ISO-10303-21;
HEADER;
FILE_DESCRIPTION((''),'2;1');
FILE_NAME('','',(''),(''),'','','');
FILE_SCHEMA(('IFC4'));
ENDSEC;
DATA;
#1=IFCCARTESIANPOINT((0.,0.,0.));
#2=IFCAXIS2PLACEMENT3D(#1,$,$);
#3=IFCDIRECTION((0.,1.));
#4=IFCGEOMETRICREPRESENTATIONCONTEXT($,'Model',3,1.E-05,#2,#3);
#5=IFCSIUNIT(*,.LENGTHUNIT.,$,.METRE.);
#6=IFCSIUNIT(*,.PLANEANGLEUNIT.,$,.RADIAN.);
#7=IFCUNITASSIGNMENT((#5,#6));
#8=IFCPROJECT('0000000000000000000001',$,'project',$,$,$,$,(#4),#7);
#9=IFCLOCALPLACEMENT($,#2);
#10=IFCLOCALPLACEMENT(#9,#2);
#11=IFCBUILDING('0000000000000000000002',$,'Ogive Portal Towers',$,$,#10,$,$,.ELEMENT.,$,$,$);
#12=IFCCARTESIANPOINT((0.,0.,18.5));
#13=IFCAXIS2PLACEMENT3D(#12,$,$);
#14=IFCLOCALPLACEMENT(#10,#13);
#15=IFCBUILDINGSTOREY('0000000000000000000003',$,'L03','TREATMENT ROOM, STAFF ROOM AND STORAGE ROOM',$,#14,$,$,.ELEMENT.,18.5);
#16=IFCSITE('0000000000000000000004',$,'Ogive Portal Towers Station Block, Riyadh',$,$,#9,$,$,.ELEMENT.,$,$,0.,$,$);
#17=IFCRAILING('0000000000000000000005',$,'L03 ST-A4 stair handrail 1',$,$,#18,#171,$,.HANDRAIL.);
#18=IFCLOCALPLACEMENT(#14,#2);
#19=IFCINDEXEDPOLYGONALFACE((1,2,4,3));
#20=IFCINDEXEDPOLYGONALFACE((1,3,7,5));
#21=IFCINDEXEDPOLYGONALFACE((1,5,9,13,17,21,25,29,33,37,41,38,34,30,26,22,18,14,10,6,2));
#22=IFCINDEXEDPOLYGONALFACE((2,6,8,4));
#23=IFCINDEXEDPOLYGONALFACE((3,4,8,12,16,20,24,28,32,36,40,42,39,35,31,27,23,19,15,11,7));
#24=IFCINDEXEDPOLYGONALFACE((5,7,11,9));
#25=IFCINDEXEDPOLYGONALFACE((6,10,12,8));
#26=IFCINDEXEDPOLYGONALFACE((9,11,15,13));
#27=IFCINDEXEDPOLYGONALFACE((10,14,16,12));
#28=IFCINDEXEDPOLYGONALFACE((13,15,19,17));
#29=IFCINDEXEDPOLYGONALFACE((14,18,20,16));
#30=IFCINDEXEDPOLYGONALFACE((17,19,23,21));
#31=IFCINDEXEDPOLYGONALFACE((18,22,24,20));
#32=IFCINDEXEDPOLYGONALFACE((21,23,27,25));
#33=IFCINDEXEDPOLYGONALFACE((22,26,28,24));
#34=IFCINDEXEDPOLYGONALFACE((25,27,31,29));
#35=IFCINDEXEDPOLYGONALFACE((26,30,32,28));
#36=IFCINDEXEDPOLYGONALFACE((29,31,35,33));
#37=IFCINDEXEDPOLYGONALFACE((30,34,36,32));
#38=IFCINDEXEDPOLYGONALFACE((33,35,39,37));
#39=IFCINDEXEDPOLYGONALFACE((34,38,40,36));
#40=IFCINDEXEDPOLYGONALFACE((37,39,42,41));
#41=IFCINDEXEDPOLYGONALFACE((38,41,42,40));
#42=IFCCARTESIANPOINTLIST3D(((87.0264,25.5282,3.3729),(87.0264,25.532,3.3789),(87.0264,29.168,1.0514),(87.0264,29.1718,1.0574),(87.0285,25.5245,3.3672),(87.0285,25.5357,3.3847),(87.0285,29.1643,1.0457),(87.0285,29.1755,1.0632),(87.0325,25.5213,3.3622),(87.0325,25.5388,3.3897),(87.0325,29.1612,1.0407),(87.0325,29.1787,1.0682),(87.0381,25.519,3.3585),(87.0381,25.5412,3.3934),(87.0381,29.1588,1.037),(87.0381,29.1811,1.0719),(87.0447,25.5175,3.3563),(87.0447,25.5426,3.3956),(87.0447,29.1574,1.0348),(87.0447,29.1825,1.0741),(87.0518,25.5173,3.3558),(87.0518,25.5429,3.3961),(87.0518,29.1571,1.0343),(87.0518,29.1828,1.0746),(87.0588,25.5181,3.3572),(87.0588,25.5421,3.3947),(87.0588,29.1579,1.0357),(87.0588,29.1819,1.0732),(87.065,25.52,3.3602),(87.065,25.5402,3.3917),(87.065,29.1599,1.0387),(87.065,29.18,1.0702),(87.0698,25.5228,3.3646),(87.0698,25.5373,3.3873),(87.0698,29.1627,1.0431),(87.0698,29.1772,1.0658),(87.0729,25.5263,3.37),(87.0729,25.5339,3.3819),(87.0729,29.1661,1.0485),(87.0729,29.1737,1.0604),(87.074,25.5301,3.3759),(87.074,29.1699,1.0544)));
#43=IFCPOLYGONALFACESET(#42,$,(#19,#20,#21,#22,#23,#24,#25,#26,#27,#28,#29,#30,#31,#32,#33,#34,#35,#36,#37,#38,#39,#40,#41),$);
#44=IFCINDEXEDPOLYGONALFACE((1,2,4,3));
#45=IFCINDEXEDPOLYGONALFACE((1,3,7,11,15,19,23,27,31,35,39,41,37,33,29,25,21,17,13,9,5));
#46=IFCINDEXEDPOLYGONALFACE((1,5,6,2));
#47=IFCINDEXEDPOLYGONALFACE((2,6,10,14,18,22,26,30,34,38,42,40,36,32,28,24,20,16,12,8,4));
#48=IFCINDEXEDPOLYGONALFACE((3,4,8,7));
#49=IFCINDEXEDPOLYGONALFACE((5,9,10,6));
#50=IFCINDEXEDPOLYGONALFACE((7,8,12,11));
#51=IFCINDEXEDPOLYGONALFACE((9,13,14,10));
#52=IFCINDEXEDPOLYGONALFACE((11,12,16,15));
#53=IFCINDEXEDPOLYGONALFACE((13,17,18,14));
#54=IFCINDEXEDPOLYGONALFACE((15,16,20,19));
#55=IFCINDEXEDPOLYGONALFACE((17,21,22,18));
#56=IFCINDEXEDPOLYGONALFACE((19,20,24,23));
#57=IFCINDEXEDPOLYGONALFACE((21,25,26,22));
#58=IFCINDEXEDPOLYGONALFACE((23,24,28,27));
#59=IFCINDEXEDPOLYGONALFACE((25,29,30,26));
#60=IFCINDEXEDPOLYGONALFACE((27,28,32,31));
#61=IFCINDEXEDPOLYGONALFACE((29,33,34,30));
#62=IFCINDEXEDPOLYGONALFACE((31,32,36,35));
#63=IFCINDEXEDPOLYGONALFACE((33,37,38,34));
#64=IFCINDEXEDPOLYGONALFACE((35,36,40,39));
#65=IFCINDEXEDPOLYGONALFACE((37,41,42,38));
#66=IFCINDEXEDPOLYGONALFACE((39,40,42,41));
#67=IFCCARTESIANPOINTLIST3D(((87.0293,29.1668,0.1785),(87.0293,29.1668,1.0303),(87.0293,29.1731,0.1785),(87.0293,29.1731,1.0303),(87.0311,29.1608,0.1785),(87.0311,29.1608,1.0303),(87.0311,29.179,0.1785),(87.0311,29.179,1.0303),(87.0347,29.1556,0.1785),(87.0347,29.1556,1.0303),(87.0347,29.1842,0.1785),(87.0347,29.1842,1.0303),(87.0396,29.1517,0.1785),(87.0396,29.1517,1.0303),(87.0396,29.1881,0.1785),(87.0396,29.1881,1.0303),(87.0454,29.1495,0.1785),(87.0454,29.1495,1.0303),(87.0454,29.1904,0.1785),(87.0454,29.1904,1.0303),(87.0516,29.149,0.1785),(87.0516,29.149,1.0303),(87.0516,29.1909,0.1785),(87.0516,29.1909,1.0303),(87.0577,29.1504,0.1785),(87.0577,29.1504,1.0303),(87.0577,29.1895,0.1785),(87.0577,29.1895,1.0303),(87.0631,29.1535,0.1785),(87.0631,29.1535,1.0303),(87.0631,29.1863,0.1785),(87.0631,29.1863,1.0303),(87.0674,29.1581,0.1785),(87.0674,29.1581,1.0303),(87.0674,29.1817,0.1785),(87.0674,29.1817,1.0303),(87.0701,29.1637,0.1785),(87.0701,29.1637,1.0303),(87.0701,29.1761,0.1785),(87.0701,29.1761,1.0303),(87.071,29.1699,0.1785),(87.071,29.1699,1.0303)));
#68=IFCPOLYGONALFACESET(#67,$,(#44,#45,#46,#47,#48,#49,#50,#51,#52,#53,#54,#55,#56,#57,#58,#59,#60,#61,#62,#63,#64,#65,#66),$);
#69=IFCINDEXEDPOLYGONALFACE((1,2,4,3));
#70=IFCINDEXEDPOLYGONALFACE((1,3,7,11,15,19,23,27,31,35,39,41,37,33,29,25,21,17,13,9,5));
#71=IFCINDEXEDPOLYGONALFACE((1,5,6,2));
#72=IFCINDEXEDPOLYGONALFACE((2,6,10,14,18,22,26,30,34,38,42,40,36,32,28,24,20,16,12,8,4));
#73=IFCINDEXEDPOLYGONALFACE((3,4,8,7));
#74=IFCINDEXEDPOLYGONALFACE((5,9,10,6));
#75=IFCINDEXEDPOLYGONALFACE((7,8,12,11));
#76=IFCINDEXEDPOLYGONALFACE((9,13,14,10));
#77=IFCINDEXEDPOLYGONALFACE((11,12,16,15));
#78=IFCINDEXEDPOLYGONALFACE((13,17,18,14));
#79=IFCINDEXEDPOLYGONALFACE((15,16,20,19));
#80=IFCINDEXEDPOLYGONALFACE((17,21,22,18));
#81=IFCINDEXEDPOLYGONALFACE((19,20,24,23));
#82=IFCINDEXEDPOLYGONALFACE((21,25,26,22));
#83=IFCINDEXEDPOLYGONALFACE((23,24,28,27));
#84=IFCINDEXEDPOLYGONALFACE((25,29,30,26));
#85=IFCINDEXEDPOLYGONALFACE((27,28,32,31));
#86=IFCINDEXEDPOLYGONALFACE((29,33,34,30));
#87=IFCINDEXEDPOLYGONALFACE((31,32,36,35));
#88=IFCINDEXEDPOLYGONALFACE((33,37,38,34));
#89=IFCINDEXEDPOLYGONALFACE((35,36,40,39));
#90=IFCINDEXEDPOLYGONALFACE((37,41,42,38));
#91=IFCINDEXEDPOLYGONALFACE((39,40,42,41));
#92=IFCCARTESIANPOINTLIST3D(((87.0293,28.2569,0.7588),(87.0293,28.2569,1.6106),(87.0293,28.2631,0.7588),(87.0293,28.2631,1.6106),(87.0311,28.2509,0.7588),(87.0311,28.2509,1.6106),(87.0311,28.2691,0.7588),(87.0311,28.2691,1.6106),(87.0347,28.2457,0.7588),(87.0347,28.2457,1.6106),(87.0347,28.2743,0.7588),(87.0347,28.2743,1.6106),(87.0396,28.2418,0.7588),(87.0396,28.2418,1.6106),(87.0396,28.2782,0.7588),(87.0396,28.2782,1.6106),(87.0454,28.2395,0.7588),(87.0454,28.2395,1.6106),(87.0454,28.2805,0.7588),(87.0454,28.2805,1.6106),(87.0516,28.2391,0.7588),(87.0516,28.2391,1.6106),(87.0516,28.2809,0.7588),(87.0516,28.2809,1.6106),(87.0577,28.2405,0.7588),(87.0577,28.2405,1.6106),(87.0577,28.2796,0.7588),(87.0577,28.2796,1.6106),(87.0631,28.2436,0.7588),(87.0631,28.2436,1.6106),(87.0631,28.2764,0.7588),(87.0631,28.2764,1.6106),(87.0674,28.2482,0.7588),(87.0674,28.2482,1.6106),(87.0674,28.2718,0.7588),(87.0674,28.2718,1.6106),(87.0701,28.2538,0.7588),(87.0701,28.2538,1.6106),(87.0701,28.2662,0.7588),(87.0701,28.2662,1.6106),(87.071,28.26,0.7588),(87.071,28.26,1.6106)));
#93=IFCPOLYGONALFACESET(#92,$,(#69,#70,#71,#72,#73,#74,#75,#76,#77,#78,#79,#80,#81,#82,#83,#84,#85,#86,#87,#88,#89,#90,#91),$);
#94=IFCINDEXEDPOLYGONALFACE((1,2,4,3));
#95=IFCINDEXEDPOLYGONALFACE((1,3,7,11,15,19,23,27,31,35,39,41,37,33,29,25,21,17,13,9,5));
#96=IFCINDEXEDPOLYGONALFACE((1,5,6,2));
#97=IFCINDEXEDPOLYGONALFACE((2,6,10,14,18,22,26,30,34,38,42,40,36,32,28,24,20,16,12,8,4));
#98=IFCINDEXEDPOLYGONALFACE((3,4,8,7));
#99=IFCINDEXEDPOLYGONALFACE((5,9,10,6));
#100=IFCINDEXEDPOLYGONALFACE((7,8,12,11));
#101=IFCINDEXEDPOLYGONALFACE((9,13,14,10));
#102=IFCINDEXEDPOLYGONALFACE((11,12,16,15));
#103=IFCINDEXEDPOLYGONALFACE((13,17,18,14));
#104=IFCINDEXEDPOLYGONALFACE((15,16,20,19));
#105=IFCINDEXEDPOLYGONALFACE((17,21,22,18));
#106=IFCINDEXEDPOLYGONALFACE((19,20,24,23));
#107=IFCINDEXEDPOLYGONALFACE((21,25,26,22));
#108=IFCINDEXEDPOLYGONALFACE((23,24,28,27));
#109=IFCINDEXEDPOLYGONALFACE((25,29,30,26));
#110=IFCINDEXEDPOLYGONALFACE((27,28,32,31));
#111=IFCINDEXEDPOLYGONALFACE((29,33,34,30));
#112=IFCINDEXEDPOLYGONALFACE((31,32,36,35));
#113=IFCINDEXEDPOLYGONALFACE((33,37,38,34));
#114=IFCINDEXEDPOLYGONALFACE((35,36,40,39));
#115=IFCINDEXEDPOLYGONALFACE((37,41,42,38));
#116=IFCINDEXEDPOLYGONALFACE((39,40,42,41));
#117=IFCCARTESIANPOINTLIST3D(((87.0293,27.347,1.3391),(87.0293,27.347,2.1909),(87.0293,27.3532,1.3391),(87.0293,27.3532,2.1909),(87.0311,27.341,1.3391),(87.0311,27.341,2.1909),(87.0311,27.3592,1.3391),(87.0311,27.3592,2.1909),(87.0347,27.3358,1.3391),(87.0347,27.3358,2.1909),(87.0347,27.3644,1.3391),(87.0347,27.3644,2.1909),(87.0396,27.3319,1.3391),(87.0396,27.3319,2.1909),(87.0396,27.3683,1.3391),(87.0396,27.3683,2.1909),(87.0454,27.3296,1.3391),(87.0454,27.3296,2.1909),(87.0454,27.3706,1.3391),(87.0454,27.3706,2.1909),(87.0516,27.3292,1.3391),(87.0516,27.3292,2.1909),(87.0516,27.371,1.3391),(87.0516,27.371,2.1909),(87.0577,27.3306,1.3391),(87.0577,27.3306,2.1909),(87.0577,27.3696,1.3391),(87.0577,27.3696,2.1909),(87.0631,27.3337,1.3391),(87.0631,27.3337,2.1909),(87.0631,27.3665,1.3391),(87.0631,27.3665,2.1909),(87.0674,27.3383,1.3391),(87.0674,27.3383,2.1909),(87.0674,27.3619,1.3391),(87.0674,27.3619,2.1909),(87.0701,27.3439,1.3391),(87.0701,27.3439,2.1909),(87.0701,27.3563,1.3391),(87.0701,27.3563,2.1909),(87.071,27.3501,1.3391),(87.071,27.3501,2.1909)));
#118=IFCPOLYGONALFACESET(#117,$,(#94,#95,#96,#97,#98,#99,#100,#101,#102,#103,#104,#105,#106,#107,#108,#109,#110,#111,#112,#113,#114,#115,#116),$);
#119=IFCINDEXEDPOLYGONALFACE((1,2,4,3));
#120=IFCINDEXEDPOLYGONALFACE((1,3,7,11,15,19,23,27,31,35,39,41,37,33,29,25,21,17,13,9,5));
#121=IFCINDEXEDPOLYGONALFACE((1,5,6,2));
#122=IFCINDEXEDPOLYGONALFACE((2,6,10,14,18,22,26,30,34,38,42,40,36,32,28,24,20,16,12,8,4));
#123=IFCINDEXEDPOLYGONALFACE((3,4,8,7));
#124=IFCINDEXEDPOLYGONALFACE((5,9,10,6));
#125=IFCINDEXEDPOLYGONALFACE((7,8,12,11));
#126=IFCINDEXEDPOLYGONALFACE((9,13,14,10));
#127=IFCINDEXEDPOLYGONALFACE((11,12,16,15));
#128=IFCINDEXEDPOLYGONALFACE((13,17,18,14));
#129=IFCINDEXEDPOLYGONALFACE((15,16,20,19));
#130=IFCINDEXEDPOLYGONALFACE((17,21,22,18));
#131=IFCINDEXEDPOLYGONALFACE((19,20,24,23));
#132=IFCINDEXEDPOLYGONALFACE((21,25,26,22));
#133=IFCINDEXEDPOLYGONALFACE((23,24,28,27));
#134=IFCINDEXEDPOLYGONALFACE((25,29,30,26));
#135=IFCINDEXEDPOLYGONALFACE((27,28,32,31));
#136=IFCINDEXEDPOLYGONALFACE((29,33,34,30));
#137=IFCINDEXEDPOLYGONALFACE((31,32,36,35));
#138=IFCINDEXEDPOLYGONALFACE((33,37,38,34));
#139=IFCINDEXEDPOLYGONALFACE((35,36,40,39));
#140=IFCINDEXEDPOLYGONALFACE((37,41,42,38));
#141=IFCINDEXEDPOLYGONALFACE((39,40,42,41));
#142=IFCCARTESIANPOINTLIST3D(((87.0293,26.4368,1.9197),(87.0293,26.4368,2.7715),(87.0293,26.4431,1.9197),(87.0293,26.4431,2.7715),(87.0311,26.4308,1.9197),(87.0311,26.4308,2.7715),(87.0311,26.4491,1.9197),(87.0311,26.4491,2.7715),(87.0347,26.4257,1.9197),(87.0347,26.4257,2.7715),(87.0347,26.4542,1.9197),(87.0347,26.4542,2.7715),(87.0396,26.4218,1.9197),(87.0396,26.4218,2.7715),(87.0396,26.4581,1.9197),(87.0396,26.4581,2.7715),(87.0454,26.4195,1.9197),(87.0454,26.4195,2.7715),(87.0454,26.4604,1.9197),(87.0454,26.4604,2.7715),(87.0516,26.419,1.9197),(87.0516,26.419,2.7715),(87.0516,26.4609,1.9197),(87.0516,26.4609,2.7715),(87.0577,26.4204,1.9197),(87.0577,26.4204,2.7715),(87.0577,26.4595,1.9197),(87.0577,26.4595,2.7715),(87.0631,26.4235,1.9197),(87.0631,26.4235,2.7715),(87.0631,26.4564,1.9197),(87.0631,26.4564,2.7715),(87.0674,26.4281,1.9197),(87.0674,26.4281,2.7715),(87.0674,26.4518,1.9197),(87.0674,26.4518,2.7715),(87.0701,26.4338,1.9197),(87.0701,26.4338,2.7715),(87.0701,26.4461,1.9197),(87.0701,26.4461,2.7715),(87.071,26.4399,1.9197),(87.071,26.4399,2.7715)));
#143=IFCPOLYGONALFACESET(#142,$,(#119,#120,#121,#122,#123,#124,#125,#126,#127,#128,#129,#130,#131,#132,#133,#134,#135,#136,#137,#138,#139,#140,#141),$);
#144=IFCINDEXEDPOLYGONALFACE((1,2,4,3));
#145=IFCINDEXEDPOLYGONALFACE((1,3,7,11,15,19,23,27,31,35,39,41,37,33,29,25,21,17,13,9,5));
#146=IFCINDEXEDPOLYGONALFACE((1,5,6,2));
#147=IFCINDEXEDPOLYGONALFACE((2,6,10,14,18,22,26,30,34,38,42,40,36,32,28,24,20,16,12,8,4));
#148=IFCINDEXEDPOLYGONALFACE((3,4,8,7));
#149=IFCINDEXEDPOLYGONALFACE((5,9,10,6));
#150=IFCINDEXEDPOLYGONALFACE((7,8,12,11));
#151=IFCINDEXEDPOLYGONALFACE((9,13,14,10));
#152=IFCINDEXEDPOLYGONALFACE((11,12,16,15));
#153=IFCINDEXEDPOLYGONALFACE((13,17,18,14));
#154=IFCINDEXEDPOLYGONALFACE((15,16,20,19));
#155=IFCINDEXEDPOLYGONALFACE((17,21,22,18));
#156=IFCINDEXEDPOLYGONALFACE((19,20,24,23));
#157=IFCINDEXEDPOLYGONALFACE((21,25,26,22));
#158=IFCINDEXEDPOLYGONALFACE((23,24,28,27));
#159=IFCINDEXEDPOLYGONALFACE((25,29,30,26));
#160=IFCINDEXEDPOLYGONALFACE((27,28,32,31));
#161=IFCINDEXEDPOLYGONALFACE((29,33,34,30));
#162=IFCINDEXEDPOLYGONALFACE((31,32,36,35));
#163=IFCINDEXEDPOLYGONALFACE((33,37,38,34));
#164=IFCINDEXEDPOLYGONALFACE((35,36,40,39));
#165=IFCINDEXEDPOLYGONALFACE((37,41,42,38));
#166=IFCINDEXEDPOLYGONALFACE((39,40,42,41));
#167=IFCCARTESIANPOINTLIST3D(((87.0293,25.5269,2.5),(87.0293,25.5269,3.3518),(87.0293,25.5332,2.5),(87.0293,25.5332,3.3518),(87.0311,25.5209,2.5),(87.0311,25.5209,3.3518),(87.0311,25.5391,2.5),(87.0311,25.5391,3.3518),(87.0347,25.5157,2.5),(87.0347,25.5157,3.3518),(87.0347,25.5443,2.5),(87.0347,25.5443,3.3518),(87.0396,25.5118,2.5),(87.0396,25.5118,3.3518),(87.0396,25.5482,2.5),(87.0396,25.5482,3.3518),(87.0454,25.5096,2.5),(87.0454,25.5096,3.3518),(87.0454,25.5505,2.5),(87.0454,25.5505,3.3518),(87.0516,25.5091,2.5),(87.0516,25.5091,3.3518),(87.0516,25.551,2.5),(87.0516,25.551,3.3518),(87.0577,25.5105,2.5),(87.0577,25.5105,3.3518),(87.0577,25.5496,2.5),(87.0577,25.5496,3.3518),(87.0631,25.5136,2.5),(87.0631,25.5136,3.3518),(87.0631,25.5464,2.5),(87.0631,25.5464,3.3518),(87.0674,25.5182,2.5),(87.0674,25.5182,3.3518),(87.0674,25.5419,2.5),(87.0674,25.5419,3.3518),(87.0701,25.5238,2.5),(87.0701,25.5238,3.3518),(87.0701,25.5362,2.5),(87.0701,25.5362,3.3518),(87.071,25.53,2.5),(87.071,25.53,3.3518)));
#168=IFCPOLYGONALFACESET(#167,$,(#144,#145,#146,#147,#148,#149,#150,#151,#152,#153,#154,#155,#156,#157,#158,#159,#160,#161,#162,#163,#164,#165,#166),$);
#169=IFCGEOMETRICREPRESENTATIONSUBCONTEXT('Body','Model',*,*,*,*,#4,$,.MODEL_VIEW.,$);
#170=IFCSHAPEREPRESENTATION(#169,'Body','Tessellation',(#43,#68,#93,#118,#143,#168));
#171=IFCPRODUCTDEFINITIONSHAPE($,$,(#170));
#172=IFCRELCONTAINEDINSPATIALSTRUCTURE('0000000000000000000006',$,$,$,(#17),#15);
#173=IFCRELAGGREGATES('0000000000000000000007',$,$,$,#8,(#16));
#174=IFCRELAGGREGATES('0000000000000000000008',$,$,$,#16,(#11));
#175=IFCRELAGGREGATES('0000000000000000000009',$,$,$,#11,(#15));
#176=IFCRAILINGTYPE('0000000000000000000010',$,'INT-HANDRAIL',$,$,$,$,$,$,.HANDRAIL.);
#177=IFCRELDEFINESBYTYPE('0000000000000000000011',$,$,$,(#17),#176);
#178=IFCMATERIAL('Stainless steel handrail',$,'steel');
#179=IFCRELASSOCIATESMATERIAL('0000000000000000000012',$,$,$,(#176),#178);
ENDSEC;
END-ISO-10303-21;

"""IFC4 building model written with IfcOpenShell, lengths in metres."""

from ifc_helpers import new_model, si_unit, direction, frame, origin, origin_2d, place, context, subcontext, project, spatial, circle, extrude, material, type_object, element, save


model = new_model("IFC4")

# Units and contexts
model_context = context("Model", 3, precision=1e-05, world=origin(), true_north=direction((0.0, 1.0)))
body_context = subcontext(model_context, "Body", "Model", "MODEL_VIEW")
ifc_project = project(units=[si_unit("LENGTHUNIT", "METRE"), si_unit("PLANEANGLEUNIT", "RADIAN")], contexts=[model_context])

# Site, building, storey
site_placement = place(None, origin())
site = spatial("IfcSite", under=ifc_project, at=site_placement, Name="Ogive Portal Towers Station Block, Riyadh", CompositionType="ELEMENT", RefElevation=0.0)
building_placement = place(site_placement, origin())
building = spatial("IfcBuilding", under=site, at=building_placement, Name="Ogive Portal Towers", CompositionType="ELEMENT")
storey_placement = place(building_placement, frame((0.0, 0.0, 18.5)))
storey = spatial("IfcBuildingStorey", under=building, at=storey_placement, Name="L03", Description="TREATMENT ROOM, STAFF ROOM AND STORAGE ROOM", CompositionType="ELEMENT", Elevation=18.5)

# Railing
ifc_material_1 = material(Name="Stainless steel handrail", Category="steel")
railing_type_1 = type_object("IfcRailingType", Name="INT-HANDRAIL", PredefinedType="HANDRAIL", material=ifc_material_1)
railing_1_placement = place(storey_placement, frame((87.05, 29.1699, 0.1785)))
element("IfcRailing", 1, at=railing_1_placement, inside=storey, type_object=railing_type_1, Name="L03 ST-A4 stair handrail 1", PredefinedType="HANDRAIL", context=body_context, shape_type="SweptSolid", body=[
    extrude(circle(Radius=0.0239, at=origin_2d()), frame((0.0, 0.0, 0.876), z_axis=(0.0, -0.843112, 0.537739), x_axis=(1.0, 0.0, 0.0)), (0.0, 0.0, 1.0), 4.3171),
    extrude(circle(Radius=0.021, at=origin_2d()), origin(), (0.0, 0.0, 1.0), 0.8518),
    extrude(circle(Radius=0.021, at=origin_2d()), frame((0.0, -0.9099, 0.5803)), (0.0, 0.0, 1.0), 0.8518),
    extrude(circle(Radius=0.021, at=origin_2d()), frame((0.0, -1.8198, 1.1606)), (0.0, 0.0, 1.0), 0.8518),
    extrude(circle(Radius=0.021, at=origin_2d()), frame((0.0, -2.73, 1.7412)), (0.0, 0.0, 1.0), 0.8518),
    extrude(circle(Radius=0.021, at=origin_2d()), frame((0.0, -3.6399, 2.3215)), (0.0, 0.0, 1.0), 0.8518),
])

save(model, "model.ifc")
